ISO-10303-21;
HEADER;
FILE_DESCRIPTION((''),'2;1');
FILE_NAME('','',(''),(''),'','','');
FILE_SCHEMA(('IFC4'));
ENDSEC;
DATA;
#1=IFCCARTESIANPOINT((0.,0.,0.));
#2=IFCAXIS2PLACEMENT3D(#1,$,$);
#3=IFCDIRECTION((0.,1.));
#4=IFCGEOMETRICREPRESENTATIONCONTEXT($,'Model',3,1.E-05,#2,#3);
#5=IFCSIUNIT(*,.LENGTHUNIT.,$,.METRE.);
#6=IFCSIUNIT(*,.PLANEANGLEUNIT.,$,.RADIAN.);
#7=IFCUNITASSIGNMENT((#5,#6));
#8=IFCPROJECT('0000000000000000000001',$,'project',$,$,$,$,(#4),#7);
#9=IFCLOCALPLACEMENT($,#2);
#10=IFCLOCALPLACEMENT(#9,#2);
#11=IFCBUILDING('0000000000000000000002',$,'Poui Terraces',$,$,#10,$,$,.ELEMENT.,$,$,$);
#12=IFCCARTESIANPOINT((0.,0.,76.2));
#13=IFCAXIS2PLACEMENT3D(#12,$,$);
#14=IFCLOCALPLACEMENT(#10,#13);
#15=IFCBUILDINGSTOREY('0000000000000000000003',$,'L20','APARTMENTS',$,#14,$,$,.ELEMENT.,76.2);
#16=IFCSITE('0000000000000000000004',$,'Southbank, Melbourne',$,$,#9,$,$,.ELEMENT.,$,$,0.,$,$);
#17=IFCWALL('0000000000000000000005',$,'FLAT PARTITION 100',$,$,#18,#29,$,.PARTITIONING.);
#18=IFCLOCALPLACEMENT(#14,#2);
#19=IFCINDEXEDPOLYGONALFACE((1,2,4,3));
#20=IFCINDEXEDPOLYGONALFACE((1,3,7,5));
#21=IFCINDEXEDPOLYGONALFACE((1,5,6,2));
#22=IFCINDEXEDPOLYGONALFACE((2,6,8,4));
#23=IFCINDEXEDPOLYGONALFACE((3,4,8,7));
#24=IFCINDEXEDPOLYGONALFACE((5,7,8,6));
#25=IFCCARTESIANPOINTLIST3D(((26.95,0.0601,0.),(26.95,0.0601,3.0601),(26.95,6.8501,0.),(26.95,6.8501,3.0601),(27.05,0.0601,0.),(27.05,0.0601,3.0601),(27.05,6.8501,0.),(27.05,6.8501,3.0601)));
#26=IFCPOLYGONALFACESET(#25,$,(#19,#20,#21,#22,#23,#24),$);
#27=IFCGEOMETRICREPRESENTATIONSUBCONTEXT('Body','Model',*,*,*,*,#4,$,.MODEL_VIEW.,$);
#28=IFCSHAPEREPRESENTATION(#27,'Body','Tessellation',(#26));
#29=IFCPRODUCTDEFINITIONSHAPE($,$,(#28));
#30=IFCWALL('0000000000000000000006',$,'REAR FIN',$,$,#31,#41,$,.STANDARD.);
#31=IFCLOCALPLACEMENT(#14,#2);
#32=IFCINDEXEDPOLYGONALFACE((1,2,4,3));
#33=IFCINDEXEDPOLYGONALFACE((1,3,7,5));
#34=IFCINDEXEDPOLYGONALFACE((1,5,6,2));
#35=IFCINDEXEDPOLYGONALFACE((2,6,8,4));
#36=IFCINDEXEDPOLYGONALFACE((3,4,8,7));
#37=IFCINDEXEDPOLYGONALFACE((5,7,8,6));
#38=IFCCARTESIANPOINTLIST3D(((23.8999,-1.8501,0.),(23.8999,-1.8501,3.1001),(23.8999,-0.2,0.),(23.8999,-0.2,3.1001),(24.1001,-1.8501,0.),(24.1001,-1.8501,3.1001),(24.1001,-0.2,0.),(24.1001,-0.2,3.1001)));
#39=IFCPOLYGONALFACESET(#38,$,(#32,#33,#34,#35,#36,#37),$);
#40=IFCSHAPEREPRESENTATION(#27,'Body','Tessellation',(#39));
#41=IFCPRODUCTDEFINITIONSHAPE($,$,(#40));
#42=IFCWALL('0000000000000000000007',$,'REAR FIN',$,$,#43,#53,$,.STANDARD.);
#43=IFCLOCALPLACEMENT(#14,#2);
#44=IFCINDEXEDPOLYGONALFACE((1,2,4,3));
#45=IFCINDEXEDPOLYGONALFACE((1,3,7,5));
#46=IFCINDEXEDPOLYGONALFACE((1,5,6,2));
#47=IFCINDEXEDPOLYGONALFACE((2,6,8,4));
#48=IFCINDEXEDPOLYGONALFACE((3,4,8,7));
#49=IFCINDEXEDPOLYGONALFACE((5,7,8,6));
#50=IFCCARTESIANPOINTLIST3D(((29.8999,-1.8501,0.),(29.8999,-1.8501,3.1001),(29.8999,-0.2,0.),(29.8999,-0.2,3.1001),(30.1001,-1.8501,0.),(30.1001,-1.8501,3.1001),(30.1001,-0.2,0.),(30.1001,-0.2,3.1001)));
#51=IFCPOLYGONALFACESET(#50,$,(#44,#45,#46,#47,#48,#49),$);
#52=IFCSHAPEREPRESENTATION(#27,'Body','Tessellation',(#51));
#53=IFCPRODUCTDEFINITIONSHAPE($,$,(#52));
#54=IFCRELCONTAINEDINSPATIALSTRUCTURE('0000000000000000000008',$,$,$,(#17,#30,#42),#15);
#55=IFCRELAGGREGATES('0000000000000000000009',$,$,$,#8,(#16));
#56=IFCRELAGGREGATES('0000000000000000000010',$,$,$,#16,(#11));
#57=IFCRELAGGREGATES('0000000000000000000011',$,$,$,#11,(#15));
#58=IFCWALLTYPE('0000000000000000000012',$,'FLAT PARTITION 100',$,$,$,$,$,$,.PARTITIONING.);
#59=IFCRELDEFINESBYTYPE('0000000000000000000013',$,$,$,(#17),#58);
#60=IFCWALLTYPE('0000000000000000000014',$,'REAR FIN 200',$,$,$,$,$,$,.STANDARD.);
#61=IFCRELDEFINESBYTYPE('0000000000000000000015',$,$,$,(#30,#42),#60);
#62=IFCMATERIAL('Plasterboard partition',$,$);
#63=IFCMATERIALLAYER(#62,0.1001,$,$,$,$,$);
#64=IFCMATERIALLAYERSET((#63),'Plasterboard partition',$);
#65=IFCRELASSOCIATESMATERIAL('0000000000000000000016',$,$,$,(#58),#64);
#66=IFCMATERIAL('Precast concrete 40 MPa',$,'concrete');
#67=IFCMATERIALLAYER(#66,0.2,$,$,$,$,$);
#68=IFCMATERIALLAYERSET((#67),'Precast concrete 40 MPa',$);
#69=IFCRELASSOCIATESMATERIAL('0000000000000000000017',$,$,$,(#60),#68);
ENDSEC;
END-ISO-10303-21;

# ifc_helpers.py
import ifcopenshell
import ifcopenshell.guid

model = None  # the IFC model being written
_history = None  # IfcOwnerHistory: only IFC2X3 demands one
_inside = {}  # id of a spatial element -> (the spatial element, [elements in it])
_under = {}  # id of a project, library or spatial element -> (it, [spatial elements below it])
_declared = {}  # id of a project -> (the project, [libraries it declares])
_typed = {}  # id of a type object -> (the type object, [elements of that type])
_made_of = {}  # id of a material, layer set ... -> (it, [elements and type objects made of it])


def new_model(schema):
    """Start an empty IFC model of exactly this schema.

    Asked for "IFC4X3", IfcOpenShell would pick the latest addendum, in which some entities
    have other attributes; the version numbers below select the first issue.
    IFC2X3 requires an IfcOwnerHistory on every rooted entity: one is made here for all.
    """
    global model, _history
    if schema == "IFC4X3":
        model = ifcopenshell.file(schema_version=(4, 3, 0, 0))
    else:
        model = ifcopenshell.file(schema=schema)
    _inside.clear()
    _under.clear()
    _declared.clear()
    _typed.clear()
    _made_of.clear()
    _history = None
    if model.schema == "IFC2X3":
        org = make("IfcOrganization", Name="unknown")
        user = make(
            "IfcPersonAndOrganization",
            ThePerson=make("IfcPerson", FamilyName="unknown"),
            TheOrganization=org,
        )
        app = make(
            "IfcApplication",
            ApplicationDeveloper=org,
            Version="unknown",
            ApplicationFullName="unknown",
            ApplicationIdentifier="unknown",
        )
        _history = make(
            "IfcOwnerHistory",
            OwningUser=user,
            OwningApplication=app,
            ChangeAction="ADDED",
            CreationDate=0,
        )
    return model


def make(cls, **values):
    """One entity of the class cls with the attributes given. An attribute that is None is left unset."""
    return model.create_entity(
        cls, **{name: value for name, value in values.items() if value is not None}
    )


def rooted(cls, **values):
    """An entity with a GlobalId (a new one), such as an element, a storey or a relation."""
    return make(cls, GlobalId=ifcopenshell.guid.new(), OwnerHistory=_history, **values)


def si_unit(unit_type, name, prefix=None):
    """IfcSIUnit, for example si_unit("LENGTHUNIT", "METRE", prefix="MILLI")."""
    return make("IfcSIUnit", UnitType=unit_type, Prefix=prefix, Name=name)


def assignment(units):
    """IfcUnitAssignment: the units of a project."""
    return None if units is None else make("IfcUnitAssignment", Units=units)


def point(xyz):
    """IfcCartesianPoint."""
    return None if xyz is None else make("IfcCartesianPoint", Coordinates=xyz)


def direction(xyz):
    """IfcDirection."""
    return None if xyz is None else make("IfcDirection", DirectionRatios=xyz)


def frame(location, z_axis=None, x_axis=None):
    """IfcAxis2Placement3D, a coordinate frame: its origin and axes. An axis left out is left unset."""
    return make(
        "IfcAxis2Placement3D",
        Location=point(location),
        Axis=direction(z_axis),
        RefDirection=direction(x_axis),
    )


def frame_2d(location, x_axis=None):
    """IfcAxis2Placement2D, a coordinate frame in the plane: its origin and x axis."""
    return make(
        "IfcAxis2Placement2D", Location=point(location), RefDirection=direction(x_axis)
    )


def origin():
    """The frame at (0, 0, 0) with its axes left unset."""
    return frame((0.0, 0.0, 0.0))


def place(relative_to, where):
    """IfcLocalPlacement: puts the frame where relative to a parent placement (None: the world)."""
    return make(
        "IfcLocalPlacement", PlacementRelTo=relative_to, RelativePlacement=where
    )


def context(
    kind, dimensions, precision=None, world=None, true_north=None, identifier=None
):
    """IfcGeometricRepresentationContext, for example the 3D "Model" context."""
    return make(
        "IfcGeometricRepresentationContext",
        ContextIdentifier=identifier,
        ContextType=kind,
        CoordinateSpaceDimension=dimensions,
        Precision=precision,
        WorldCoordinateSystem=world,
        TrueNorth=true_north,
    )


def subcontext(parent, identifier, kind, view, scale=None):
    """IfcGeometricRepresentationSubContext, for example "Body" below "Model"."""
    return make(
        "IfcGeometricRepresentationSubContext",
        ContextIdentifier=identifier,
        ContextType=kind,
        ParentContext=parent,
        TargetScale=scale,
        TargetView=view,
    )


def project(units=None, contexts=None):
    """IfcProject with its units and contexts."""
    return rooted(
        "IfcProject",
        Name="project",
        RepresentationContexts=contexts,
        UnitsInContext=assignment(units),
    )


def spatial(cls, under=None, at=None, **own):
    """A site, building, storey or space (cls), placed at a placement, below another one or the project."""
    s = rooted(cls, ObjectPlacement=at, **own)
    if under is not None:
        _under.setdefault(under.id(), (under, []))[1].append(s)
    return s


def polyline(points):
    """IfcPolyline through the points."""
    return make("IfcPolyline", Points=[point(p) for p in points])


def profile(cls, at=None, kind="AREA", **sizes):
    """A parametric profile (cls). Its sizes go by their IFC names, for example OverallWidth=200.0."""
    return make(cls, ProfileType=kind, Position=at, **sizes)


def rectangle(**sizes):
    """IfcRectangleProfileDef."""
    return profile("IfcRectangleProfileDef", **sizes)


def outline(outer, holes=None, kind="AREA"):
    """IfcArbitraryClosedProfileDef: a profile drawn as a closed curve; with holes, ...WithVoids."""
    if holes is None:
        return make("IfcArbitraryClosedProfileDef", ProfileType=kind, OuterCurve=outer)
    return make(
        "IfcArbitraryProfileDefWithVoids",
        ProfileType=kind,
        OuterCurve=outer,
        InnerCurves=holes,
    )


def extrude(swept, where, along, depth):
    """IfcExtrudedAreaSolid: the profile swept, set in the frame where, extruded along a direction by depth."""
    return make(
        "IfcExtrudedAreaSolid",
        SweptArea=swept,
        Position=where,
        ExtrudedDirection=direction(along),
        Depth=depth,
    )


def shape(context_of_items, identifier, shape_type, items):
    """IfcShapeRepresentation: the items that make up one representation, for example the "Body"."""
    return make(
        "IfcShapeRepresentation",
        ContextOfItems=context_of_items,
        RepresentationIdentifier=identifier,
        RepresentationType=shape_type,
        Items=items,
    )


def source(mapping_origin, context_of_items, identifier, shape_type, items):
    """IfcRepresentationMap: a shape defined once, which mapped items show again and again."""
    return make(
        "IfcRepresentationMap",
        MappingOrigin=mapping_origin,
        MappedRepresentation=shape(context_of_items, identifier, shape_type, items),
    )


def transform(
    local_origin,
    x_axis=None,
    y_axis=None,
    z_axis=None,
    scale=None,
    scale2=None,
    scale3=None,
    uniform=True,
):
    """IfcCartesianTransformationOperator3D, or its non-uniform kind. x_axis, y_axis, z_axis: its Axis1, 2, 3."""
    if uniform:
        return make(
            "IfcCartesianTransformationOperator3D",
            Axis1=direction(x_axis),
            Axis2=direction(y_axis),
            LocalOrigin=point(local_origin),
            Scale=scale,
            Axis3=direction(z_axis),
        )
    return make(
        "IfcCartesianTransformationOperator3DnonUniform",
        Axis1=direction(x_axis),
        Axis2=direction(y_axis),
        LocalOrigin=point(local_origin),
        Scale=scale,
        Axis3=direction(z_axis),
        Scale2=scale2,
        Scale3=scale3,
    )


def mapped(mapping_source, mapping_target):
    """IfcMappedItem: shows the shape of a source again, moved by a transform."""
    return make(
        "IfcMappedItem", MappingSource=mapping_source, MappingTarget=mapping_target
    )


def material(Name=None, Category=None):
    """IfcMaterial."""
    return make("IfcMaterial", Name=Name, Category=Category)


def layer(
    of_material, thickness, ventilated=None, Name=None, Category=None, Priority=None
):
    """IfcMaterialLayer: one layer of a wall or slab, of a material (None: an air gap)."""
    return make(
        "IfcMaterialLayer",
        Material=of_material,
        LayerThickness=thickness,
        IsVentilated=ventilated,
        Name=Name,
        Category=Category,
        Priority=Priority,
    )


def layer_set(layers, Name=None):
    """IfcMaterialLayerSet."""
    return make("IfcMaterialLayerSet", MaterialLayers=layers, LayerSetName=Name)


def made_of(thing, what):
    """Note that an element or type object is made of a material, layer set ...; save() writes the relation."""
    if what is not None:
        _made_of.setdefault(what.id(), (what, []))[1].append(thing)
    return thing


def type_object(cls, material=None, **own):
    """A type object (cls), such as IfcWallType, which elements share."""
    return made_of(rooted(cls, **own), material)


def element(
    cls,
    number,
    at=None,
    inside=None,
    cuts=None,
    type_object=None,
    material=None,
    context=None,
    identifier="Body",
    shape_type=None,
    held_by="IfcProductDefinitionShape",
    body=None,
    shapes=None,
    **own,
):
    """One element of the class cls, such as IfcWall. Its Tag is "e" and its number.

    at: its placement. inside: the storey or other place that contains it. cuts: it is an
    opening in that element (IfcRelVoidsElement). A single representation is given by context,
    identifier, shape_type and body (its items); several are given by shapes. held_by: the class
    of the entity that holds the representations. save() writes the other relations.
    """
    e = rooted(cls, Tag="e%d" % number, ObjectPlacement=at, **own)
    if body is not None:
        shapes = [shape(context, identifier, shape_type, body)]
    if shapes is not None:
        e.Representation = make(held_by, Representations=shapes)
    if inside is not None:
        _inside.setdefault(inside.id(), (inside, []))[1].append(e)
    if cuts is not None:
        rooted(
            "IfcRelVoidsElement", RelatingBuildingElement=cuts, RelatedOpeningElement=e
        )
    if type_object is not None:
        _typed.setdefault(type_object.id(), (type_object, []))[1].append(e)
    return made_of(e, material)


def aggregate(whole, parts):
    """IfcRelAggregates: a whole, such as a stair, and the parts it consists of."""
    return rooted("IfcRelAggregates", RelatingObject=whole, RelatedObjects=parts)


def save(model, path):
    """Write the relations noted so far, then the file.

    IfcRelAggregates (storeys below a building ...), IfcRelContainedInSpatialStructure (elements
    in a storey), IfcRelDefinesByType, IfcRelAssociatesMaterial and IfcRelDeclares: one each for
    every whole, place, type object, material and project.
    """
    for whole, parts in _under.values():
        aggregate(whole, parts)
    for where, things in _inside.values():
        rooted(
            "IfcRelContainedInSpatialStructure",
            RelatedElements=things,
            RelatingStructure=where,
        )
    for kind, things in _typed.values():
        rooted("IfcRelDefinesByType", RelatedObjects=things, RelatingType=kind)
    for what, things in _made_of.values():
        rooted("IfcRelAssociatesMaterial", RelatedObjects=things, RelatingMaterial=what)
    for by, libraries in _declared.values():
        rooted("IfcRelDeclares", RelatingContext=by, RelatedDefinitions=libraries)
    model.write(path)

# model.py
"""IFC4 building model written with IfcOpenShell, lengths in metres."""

from ifc_helpers import new_model, si_unit, direction, frame, frame_2d, origin, place, context, subcontext, project, spatial, polyline, rectangle, outline, extrude, source, transform, mapped, material, layer, layer_set, type_object, element, save


model = new_model("IFC4")

# Units and contexts
model_context = context("Model", 3, precision=1e-05, world=origin(), true_north=direction((0.0, 1.0)))
body_context = subcontext(model_context, "Body", "Model", "MODEL_VIEW")
ifc_project = project(units=[si_unit("LENGTHUNIT", "METRE"), si_unit("PLANEANGLEUNIT", "RADIAN")], contexts=[model_context])

# Site, building, storey
site_placement = place(None, origin())
site = spatial("IfcSite", under=ifc_project, at=site_placement, Name="Southbank, Melbourne", CompositionType="ELEMENT", RefElevation=0.0)
building_placement = place(site_placement, origin())
building = spatial("IfcBuilding", under=site, at=building_placement, Name="Poui Terraces", CompositionType="ELEMENT")
storey_placement = place(building_placement, frame((0.0, 0.0, 76.2)))
storey = spatial("IfcBuildingStorey", under=building, at=storey_placement, Name="L20", Description="APARTMENTS", CompositionType="ELEMENT", Elevation=76.2)

# Shared definitions
ifc_material_1 = material(Name="Precast concrete 40 MPa", Category="concrete")

# Shared definitions
ifc_material_2 = material(Name="Plasterboard partition")
ifc_layer_1 = layer(ifc_material_2, 0.1001)
ifc_layer_set_1 = layer_set([ifc_layer_1], Name="Plasterboard partition")
wall_type_1 = type_object("IfcWallType", Name="FLAT PARTITION 100", PredefinedType="PARTITIONING", material=ifc_layer_set_1)

# Walls
wall_1_placement = place(storey_placement, frame((27.0, 0.0601, 0.0), z_axis=(0.0, 0.0, 1.0), x_axis=(0.0, 1.0, 0.0)))
element("IfcWall", 1, at=wall_1_placement, inside=storey, type_object=wall_type_1, Name="FLAT PARTITION 100", PredefinedType="PARTITIONING", context=body_context, shape_type="SweptSolid", body=[
    extrude(rectangle(XDim=6.79, YDim=0.1001, at=frame_2d((3.395, 0.0))), origin(), (0.0, 0.0, 1.0), 3.0601),
])
ifc_layer_2 = layer(ifc_material_1, 0.2)
ifc_layer_set_2 = layer_set([ifc_layer_2], Name="Precast concrete 40 MPa")
wall_type_2 = type_object("IfcWallType", Name="REAR FIN 200", PredefinedType="STANDARD", material=ifc_layer_set_2)
shared_shape_1 = source(origin(), body_context, "Body", "SweptSolid", [
    extrude(outline(polyline([(0.0, 0.0), (0.2002, 0.0), (0.2002, 1.6501), (0.0, 1.6501), (0.0, 0.0)])), origin(), (0.0, 0.0, 1.0), 3.1001),
])
for number, where, name in (
    (2, (23.8999, -1.8501, 0.0), "REAR FIN"),
    (3, (29.8999, -1.8501, 0.0), "REAR FIN"),
):
    element("IfcWall", number, at=place(storey_placement, frame(where)), inside=storey, type_object=wall_type_2, Name=name, PredefinedType="STANDARD", context=body_context, shape_type="MappedRepresentation", body=[
        mapped(shared_shape_1, transform((0.0, 0.0, 0.0))),
    ])

save(model, "model.ifc")
